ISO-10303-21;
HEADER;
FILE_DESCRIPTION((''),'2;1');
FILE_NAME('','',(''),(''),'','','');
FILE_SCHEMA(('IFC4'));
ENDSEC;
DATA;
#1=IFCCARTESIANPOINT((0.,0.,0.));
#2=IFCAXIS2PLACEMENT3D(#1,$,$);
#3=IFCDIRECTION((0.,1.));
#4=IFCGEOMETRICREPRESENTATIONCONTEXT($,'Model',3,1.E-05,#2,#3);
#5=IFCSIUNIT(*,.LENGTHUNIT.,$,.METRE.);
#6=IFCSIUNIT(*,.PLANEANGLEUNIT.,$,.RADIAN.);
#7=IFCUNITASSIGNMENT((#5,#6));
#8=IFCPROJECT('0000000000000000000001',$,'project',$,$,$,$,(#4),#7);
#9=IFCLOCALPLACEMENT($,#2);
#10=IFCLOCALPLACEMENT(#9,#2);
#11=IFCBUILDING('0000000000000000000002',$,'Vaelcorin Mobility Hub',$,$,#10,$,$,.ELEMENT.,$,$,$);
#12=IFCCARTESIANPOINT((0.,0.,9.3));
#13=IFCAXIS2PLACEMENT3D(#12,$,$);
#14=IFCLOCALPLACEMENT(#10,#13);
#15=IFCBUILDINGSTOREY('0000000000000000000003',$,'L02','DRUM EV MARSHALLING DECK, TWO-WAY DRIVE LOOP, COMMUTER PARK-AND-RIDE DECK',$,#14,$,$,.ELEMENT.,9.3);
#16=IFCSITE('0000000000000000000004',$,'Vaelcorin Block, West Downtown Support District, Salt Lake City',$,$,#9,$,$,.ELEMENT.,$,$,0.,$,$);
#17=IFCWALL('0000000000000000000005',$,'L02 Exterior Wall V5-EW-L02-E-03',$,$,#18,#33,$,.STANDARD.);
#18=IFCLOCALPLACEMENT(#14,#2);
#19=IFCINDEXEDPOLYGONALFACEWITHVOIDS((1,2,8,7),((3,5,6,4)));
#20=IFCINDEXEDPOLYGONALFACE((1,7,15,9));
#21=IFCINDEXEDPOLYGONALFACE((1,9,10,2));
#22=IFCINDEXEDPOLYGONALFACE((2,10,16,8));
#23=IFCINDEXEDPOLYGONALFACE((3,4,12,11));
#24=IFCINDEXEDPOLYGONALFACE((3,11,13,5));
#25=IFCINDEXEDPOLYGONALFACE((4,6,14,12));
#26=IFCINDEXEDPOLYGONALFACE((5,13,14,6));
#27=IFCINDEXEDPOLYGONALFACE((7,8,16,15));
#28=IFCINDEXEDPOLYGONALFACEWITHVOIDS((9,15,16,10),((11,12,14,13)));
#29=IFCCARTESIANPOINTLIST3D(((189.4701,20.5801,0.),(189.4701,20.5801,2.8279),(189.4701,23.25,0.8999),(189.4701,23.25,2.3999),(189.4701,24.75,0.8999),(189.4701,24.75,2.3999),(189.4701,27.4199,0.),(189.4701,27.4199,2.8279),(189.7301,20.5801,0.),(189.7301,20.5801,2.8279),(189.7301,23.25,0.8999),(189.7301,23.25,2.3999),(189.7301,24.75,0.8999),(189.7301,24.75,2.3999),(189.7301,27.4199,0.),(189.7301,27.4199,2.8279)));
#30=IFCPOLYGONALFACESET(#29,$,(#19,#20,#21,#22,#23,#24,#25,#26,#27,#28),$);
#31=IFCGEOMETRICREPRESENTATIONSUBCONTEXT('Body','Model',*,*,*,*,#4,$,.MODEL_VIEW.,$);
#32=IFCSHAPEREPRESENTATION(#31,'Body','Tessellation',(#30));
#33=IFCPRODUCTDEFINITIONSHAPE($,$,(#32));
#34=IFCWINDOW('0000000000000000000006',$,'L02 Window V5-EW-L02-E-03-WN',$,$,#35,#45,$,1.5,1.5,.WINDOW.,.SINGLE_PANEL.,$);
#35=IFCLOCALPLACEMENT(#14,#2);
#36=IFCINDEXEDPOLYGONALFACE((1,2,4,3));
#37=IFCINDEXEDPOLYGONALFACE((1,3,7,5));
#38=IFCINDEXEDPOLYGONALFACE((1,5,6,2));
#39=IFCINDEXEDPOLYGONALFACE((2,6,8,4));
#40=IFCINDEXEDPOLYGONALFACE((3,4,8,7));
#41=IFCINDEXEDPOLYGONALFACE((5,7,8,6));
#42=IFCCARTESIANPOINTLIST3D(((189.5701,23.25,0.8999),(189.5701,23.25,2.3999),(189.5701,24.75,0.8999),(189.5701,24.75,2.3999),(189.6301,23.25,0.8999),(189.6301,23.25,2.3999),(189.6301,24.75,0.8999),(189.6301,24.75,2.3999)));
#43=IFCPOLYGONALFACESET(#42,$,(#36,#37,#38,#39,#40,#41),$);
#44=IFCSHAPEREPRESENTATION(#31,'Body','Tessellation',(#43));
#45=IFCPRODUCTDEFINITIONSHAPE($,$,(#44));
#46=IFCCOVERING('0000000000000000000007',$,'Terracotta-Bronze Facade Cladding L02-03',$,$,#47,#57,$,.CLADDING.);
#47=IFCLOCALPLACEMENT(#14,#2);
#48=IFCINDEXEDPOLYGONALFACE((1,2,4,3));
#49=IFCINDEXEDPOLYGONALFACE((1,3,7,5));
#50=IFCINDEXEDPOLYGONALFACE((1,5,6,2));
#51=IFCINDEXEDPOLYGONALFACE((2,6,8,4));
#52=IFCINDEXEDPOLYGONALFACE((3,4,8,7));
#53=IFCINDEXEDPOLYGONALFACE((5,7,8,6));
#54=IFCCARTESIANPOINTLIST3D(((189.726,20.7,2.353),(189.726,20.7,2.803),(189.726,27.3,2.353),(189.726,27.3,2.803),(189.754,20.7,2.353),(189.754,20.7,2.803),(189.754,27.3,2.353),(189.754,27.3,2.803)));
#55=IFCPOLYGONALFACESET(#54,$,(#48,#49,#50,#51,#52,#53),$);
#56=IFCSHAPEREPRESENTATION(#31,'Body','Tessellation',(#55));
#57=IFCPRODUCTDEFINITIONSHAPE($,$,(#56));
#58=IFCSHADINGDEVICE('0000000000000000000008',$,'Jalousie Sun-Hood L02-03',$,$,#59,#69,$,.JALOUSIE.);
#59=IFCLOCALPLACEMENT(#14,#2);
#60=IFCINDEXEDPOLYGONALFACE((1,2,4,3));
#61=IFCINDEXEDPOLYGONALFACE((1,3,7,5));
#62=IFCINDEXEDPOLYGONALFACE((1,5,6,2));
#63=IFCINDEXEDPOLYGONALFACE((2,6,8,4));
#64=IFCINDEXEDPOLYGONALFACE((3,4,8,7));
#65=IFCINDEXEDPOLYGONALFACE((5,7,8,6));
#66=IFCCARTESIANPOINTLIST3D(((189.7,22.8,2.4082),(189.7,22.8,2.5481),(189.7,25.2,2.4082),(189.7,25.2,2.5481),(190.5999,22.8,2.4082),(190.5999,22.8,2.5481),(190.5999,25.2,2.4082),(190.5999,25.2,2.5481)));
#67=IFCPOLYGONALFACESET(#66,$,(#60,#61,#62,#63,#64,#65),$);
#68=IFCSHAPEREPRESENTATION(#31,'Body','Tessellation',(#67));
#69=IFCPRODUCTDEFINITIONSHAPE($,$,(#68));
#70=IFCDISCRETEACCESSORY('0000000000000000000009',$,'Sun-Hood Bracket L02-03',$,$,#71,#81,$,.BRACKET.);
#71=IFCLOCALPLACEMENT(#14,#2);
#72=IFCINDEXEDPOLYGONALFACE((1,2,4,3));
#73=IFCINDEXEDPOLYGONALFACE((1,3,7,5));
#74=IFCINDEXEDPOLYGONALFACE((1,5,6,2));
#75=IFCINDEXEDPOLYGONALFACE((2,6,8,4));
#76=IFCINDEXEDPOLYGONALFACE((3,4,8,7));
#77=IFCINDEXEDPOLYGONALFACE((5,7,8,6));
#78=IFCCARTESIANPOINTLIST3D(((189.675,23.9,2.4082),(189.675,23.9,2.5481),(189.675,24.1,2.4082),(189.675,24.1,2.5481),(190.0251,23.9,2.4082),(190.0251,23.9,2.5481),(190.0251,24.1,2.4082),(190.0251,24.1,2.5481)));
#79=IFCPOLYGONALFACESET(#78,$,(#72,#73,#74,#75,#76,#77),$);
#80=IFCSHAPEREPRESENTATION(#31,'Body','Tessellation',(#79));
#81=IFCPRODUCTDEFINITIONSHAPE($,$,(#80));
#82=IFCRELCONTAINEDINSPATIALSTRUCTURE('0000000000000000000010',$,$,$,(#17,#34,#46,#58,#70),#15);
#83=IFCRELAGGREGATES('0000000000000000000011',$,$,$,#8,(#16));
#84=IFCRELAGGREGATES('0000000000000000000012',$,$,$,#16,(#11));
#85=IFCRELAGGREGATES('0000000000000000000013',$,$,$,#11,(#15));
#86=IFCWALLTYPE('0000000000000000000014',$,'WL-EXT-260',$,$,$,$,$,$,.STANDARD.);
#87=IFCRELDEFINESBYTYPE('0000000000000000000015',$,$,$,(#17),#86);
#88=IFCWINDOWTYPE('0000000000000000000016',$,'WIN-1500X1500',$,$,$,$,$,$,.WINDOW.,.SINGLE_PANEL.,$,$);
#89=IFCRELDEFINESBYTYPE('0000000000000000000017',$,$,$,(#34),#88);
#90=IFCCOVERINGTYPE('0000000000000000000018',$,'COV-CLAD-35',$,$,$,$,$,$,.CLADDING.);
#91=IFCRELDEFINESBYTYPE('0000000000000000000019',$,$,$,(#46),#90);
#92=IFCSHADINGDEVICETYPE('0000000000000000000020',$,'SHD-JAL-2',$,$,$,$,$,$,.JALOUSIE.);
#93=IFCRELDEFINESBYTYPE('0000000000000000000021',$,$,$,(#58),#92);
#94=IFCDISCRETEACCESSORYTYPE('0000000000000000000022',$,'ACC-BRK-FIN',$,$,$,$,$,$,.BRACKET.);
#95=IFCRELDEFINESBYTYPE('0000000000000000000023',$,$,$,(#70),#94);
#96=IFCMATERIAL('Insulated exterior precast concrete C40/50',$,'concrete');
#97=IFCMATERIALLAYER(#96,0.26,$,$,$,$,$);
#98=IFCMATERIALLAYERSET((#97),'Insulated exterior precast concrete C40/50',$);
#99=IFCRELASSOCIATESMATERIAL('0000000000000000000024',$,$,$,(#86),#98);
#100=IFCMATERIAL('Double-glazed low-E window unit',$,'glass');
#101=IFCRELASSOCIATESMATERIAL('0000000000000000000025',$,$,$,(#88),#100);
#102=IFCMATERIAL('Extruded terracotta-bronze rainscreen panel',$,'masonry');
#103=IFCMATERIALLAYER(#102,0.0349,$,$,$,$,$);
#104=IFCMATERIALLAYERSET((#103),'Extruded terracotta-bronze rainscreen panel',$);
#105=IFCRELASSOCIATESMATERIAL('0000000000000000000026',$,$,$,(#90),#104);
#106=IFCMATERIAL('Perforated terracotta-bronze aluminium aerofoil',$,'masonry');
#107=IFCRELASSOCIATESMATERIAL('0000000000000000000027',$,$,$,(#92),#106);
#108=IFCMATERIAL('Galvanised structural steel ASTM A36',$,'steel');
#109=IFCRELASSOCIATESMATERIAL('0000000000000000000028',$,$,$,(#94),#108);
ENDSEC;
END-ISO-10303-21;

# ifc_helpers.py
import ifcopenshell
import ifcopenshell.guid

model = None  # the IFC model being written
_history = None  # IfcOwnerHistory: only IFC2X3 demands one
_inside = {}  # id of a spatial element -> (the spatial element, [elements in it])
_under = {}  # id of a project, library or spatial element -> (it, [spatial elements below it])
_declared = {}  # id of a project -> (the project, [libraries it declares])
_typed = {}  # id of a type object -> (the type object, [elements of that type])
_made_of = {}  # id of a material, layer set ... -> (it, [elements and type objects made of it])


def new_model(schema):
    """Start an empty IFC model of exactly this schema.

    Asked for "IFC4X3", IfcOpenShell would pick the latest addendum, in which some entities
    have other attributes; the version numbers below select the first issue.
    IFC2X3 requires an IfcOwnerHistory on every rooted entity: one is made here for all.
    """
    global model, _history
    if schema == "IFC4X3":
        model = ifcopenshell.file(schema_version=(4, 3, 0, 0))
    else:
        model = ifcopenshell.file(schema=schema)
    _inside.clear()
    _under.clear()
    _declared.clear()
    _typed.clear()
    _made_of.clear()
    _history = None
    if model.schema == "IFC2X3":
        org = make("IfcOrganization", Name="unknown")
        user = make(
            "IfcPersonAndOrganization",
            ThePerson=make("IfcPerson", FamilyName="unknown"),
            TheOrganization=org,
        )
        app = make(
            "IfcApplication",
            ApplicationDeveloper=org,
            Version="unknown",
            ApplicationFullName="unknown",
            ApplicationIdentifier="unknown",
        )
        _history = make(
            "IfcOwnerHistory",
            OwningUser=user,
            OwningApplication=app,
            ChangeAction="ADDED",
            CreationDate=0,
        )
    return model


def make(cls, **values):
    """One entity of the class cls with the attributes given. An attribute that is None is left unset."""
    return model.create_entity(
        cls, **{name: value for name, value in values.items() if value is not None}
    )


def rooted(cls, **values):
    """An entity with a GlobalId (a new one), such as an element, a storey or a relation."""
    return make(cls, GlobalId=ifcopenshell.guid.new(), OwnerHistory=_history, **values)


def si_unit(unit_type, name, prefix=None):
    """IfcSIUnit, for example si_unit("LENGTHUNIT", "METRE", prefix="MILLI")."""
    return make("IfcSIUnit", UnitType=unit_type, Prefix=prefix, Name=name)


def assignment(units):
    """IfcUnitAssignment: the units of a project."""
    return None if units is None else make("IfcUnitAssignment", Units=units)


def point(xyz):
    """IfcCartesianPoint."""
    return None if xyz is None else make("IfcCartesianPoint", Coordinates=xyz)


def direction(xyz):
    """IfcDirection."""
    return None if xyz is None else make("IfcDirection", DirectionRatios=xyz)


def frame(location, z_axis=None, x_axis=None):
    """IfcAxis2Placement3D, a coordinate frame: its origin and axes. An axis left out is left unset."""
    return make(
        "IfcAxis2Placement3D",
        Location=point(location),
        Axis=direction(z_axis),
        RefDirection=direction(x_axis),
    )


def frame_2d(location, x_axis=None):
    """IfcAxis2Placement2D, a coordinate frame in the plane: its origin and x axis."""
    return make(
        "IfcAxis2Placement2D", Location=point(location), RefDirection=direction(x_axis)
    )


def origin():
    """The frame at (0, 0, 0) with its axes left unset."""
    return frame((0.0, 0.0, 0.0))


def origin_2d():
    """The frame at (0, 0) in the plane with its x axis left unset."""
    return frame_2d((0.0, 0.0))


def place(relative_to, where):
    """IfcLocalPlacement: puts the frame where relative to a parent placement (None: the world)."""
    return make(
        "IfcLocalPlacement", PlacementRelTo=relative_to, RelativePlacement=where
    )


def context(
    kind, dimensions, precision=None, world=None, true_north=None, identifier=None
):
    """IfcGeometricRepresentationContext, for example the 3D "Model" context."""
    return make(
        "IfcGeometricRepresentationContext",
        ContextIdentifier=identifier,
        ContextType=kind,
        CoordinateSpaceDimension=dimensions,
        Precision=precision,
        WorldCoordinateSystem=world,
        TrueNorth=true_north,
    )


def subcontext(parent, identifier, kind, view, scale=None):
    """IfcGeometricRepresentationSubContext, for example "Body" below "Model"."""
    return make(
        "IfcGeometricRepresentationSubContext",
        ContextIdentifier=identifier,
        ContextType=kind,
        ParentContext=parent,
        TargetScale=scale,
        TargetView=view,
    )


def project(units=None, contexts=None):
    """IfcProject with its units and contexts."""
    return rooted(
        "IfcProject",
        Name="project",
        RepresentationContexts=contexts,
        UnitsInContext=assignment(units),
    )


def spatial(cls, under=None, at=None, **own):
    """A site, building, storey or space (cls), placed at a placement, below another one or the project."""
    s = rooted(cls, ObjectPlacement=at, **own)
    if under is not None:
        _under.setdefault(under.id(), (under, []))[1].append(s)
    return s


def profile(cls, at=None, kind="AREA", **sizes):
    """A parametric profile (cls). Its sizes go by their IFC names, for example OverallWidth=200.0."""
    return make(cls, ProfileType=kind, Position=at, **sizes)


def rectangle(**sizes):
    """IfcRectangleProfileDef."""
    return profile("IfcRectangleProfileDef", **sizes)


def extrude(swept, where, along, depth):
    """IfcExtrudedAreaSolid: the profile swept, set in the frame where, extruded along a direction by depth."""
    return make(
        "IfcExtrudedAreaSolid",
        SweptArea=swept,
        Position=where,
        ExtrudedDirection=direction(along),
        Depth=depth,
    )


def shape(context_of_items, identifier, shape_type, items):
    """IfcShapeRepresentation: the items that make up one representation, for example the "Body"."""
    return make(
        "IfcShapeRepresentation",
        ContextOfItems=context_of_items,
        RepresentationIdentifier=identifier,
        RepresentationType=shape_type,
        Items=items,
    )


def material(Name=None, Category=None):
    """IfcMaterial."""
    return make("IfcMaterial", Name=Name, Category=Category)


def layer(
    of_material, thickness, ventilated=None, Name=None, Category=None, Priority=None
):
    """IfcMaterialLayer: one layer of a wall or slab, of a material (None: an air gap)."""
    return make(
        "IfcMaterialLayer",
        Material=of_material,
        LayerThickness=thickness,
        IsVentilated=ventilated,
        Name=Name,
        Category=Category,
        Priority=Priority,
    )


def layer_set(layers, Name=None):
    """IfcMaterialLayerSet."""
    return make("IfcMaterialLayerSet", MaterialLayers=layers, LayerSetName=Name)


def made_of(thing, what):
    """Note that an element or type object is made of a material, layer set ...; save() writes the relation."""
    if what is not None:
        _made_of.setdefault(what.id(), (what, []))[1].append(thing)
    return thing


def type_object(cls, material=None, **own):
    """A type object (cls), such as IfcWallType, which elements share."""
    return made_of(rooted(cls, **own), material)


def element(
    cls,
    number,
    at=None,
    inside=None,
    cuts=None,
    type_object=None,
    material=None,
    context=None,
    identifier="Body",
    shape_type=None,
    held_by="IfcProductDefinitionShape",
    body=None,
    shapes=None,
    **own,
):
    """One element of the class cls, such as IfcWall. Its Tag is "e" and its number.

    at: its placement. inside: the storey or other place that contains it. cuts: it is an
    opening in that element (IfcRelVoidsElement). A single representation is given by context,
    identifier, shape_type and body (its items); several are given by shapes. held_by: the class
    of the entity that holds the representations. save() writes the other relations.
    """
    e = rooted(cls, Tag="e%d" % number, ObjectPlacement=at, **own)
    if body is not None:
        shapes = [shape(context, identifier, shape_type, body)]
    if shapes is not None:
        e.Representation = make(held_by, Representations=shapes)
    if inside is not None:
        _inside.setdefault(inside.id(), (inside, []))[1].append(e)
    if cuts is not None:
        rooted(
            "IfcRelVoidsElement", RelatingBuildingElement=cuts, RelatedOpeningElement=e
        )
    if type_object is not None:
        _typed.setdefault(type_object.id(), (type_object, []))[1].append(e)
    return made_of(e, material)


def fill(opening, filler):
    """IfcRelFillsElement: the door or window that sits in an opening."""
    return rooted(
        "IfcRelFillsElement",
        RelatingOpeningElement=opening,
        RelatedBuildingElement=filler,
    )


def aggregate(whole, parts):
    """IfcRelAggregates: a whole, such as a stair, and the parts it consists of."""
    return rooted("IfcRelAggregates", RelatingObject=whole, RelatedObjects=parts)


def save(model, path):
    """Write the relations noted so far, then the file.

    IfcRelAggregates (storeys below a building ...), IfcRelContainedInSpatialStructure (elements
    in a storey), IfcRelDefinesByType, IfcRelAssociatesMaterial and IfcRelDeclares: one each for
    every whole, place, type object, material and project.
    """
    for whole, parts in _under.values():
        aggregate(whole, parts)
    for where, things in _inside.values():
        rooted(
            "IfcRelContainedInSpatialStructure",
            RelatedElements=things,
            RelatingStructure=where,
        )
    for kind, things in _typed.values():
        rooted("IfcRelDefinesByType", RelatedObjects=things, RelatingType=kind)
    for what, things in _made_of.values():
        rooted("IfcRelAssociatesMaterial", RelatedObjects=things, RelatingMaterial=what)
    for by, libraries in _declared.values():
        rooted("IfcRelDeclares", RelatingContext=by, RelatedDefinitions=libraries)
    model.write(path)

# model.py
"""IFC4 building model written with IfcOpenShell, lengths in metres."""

from ifc_helpers import new_model, si_unit, direction, frame, frame_2d, origin, origin_2d, place, context, subcontext, project, spatial, rectangle, extrude, material, layer, layer_set, type_object, element, fill, save


model = new_model("IFC4")

# Units and contexts
model_context = context("Model", 3, precision=1e-05, world=origin(), true_north=direction((0.0, 1.0)))
body_context = subcontext(model_context, "Body", "Model", "MODEL_VIEW")
ifc_project = project(units=[si_unit("LENGTHUNIT", "METRE"), si_unit("PLANEANGLEUNIT", "RADIAN")], contexts=[model_context])

# Site, building, storey
site_placement = place(None, origin())
site = spatial("IfcSite", under=ifc_project, at=site_placement, Name="Vaelcorin Block, West Downtown Support District, Salt Lake City", CompositionType="ELEMENT", RefElevation=0.0)
building_placement = place(site_placement, origin())
building = spatial("IfcBuilding", under=site, at=building_placement, Name="Vaelcorin Mobility Hub", CompositionType="ELEMENT")
storey_placement = place(building_placement, frame((0.0, 0.0, 9.3)))
storey = spatial("IfcBuildingStorey", under=building, at=storey_placement, Name="L02", Description="DRUM EV MARSHALLING DECK, TWO-WAY DRIVE LOOP, COMMUTER PARK-AND-RIDE DECK", CompositionType="ELEMENT", Elevation=9.3)

# Shared definitions
ifc_material_1 = material(Name="Extruded terracotta-bronze rainscreen panel", Category="masonry")

# Wall, opening, window
ifc_material_2 = material(Name="Insulated exterior precast concrete C40/50", Category="concrete")
ifc_layer_1 = layer(ifc_material_2, 0.26)
ifc_layer_set_1 = layer_set([ifc_layer_1], Name="Insulated exterior precast concrete C40/50")
wall_type = type_object("IfcWallType", Name="WL-EXT-260", PredefinedType="STANDARD", material=ifc_layer_set_1)
wall_placement = place(storey_placement, frame((189.6001, 27.4199, 0.0), z_axis=(0.0, 0.0, 1.0), x_axis=(0.0, -1.0, 0.0)))
wall = element("IfcWall", 1, at=wall_placement, inside=storey, type_object=wall_type, Name="L02 Exterior Wall V5-EW-L02-E-03", PredefinedType="STANDARD", context=body_context, shape_type="SweptSolid", body=[
    extrude(rectangle(XDim=6.8398, YDim=0.26, at=frame_2d((3.4199, 0.0))), origin(), (0.0, 0.0, 1.0), 2.8279),
])
opening_placement = place(wall_placement, frame((2.6699, 0.0, 0.8999)))
opening = element("IfcOpeningElement", 2, at=opening_placement, cuts=wall, PredefinedType="OPENING", context=body_context, shape_type="SweptSolid", body=[
    extrude(rectangle(XDim=1.5, YDim=1.5, at=frame_2d((0.75, 0.75))), frame((0.0, 0.1399, 0.0), z_axis=(0.0, -1.0, 0.0), x_axis=(1.0, 0.0, 0.0)), (0.0, 0.0, 1.0), 0.28),
])
ifc_material_3 = material(Name="Double-glazed low-E window unit", Category="glass")
window_type = type_object("IfcWindowType", Name="WIN-1500X1500", PartitioningType="SINGLE_PANEL", PredefinedType="WINDOW", material=ifc_material_3)
window_placement = place(opening_placement, origin())
window = element("IfcWindow", 3, at=window_placement, inside=storey, type_object=window_type, Name="L02 Window V5-EW-L02-E-03-WN", OverallHeight=1.5, OverallWidth=1.5, PartitioningType="SINGLE_PANEL", PredefinedType="WINDOW", context=body_context, shape_type="SweptSolid", body=[
    extrude(rectangle(XDim=1.5, YDim=1.5, at=frame_2d((0.75, 0.75))), frame((0.0, 0.03, 0.0), z_axis=(0.0, -1.0, 0.0), x_axis=(1.0, 0.0, 0.0)), (0.0, 0.0, 1.0), 0.0601),
])
fill(opening, window)

# Covering
ifc_layer_2 = layer(ifc_material_1, 0.0349)
ifc_layer_set_2 = layer_set([ifc_layer_2], Name="Extruded terracotta-bronze rainscreen panel")
covering_type = type_object("IfcCoveringType", Name="COV-CLAD-35", PredefinedType="CLADDING", material=ifc_layer_set_2)
covering_placement = place(storey_placement, frame((189.74, 24.0, 2.353), z_axis=(0.0, 0.0, 1.0), x_axis=(1.0, 0.0, 0.0)))
element("IfcCovering", 4, at=covering_placement, inside=storey, type_object=covering_type, Name="Terracotta-Bronze Facade Cladding L02-03", PredefinedType="CLADDING", context=body_context, shape_type="SweptSolid", body=[
    extrude(rectangle(XDim=0.0281, YDim=6.6001, at=origin_2d()), origin(), (0.0, 0.0, 1.0), 0.45),
])

# Shading device
ifc_material_4 = material(Name="Perforated terracotta-bronze aluminium aerofoil", Category="masonry")
shading_device_type = type_object("IfcShadingDeviceType", Name="SHD-JAL-2", PredefinedType="JALOUSIE", material=ifc_material_4)
shading_device_placement = place(storey_placement, frame((190.1499, 24.0, 2.4082), z_axis=(0.0, 0.0, 1.0), x_axis=(1.0, 0.0, 0.0)))
element("IfcShadingDevice", 5, at=shading_device_placement, inside=storey, type_object=shading_device_type, Name="Jalousie Sun-Hood L02-03", PredefinedType="JALOUSIE", context=body_context, shape_type="SweptSolid", body=[
    extrude(rectangle(XDim=0.8999, YDim=2.3999, at=origin_2d()), origin(), (0.0, 0.0, 1.0), 0.1399),
])

# Discrete accessory
ifc_material_5 = material(Name="Galvanised structural steel ASTM A36", Category="steel")
discrete_accessory_type = type_object("IfcDiscreteAccessoryType", Name="ACC-BRK-FIN", PredefinedType="BRACKET", material=ifc_material_5)
discrete_accessory_placement = place(storey_placement, frame((189.8501, 24.0, 2.4082), z_axis=(0.0, 0.0, 1.0), x_axis=(1.0, 0.0, 0.0)))
element("IfcDiscreteAccessory", 6, at=discrete_accessory_placement, inside=storey, type_object=discrete_accessory_type, Name="Sun-Hood Bracket L02-03", PredefinedType="BRACKET", context=body_context, shape_type="SweptSolid", body=[
    extrude(rectangle(XDim=0.3501, YDim=0.2, at=origin_2d()), origin(), (0.0, 0.0, 1.0), 0.1399),
])

save(model, "model.ifc")
